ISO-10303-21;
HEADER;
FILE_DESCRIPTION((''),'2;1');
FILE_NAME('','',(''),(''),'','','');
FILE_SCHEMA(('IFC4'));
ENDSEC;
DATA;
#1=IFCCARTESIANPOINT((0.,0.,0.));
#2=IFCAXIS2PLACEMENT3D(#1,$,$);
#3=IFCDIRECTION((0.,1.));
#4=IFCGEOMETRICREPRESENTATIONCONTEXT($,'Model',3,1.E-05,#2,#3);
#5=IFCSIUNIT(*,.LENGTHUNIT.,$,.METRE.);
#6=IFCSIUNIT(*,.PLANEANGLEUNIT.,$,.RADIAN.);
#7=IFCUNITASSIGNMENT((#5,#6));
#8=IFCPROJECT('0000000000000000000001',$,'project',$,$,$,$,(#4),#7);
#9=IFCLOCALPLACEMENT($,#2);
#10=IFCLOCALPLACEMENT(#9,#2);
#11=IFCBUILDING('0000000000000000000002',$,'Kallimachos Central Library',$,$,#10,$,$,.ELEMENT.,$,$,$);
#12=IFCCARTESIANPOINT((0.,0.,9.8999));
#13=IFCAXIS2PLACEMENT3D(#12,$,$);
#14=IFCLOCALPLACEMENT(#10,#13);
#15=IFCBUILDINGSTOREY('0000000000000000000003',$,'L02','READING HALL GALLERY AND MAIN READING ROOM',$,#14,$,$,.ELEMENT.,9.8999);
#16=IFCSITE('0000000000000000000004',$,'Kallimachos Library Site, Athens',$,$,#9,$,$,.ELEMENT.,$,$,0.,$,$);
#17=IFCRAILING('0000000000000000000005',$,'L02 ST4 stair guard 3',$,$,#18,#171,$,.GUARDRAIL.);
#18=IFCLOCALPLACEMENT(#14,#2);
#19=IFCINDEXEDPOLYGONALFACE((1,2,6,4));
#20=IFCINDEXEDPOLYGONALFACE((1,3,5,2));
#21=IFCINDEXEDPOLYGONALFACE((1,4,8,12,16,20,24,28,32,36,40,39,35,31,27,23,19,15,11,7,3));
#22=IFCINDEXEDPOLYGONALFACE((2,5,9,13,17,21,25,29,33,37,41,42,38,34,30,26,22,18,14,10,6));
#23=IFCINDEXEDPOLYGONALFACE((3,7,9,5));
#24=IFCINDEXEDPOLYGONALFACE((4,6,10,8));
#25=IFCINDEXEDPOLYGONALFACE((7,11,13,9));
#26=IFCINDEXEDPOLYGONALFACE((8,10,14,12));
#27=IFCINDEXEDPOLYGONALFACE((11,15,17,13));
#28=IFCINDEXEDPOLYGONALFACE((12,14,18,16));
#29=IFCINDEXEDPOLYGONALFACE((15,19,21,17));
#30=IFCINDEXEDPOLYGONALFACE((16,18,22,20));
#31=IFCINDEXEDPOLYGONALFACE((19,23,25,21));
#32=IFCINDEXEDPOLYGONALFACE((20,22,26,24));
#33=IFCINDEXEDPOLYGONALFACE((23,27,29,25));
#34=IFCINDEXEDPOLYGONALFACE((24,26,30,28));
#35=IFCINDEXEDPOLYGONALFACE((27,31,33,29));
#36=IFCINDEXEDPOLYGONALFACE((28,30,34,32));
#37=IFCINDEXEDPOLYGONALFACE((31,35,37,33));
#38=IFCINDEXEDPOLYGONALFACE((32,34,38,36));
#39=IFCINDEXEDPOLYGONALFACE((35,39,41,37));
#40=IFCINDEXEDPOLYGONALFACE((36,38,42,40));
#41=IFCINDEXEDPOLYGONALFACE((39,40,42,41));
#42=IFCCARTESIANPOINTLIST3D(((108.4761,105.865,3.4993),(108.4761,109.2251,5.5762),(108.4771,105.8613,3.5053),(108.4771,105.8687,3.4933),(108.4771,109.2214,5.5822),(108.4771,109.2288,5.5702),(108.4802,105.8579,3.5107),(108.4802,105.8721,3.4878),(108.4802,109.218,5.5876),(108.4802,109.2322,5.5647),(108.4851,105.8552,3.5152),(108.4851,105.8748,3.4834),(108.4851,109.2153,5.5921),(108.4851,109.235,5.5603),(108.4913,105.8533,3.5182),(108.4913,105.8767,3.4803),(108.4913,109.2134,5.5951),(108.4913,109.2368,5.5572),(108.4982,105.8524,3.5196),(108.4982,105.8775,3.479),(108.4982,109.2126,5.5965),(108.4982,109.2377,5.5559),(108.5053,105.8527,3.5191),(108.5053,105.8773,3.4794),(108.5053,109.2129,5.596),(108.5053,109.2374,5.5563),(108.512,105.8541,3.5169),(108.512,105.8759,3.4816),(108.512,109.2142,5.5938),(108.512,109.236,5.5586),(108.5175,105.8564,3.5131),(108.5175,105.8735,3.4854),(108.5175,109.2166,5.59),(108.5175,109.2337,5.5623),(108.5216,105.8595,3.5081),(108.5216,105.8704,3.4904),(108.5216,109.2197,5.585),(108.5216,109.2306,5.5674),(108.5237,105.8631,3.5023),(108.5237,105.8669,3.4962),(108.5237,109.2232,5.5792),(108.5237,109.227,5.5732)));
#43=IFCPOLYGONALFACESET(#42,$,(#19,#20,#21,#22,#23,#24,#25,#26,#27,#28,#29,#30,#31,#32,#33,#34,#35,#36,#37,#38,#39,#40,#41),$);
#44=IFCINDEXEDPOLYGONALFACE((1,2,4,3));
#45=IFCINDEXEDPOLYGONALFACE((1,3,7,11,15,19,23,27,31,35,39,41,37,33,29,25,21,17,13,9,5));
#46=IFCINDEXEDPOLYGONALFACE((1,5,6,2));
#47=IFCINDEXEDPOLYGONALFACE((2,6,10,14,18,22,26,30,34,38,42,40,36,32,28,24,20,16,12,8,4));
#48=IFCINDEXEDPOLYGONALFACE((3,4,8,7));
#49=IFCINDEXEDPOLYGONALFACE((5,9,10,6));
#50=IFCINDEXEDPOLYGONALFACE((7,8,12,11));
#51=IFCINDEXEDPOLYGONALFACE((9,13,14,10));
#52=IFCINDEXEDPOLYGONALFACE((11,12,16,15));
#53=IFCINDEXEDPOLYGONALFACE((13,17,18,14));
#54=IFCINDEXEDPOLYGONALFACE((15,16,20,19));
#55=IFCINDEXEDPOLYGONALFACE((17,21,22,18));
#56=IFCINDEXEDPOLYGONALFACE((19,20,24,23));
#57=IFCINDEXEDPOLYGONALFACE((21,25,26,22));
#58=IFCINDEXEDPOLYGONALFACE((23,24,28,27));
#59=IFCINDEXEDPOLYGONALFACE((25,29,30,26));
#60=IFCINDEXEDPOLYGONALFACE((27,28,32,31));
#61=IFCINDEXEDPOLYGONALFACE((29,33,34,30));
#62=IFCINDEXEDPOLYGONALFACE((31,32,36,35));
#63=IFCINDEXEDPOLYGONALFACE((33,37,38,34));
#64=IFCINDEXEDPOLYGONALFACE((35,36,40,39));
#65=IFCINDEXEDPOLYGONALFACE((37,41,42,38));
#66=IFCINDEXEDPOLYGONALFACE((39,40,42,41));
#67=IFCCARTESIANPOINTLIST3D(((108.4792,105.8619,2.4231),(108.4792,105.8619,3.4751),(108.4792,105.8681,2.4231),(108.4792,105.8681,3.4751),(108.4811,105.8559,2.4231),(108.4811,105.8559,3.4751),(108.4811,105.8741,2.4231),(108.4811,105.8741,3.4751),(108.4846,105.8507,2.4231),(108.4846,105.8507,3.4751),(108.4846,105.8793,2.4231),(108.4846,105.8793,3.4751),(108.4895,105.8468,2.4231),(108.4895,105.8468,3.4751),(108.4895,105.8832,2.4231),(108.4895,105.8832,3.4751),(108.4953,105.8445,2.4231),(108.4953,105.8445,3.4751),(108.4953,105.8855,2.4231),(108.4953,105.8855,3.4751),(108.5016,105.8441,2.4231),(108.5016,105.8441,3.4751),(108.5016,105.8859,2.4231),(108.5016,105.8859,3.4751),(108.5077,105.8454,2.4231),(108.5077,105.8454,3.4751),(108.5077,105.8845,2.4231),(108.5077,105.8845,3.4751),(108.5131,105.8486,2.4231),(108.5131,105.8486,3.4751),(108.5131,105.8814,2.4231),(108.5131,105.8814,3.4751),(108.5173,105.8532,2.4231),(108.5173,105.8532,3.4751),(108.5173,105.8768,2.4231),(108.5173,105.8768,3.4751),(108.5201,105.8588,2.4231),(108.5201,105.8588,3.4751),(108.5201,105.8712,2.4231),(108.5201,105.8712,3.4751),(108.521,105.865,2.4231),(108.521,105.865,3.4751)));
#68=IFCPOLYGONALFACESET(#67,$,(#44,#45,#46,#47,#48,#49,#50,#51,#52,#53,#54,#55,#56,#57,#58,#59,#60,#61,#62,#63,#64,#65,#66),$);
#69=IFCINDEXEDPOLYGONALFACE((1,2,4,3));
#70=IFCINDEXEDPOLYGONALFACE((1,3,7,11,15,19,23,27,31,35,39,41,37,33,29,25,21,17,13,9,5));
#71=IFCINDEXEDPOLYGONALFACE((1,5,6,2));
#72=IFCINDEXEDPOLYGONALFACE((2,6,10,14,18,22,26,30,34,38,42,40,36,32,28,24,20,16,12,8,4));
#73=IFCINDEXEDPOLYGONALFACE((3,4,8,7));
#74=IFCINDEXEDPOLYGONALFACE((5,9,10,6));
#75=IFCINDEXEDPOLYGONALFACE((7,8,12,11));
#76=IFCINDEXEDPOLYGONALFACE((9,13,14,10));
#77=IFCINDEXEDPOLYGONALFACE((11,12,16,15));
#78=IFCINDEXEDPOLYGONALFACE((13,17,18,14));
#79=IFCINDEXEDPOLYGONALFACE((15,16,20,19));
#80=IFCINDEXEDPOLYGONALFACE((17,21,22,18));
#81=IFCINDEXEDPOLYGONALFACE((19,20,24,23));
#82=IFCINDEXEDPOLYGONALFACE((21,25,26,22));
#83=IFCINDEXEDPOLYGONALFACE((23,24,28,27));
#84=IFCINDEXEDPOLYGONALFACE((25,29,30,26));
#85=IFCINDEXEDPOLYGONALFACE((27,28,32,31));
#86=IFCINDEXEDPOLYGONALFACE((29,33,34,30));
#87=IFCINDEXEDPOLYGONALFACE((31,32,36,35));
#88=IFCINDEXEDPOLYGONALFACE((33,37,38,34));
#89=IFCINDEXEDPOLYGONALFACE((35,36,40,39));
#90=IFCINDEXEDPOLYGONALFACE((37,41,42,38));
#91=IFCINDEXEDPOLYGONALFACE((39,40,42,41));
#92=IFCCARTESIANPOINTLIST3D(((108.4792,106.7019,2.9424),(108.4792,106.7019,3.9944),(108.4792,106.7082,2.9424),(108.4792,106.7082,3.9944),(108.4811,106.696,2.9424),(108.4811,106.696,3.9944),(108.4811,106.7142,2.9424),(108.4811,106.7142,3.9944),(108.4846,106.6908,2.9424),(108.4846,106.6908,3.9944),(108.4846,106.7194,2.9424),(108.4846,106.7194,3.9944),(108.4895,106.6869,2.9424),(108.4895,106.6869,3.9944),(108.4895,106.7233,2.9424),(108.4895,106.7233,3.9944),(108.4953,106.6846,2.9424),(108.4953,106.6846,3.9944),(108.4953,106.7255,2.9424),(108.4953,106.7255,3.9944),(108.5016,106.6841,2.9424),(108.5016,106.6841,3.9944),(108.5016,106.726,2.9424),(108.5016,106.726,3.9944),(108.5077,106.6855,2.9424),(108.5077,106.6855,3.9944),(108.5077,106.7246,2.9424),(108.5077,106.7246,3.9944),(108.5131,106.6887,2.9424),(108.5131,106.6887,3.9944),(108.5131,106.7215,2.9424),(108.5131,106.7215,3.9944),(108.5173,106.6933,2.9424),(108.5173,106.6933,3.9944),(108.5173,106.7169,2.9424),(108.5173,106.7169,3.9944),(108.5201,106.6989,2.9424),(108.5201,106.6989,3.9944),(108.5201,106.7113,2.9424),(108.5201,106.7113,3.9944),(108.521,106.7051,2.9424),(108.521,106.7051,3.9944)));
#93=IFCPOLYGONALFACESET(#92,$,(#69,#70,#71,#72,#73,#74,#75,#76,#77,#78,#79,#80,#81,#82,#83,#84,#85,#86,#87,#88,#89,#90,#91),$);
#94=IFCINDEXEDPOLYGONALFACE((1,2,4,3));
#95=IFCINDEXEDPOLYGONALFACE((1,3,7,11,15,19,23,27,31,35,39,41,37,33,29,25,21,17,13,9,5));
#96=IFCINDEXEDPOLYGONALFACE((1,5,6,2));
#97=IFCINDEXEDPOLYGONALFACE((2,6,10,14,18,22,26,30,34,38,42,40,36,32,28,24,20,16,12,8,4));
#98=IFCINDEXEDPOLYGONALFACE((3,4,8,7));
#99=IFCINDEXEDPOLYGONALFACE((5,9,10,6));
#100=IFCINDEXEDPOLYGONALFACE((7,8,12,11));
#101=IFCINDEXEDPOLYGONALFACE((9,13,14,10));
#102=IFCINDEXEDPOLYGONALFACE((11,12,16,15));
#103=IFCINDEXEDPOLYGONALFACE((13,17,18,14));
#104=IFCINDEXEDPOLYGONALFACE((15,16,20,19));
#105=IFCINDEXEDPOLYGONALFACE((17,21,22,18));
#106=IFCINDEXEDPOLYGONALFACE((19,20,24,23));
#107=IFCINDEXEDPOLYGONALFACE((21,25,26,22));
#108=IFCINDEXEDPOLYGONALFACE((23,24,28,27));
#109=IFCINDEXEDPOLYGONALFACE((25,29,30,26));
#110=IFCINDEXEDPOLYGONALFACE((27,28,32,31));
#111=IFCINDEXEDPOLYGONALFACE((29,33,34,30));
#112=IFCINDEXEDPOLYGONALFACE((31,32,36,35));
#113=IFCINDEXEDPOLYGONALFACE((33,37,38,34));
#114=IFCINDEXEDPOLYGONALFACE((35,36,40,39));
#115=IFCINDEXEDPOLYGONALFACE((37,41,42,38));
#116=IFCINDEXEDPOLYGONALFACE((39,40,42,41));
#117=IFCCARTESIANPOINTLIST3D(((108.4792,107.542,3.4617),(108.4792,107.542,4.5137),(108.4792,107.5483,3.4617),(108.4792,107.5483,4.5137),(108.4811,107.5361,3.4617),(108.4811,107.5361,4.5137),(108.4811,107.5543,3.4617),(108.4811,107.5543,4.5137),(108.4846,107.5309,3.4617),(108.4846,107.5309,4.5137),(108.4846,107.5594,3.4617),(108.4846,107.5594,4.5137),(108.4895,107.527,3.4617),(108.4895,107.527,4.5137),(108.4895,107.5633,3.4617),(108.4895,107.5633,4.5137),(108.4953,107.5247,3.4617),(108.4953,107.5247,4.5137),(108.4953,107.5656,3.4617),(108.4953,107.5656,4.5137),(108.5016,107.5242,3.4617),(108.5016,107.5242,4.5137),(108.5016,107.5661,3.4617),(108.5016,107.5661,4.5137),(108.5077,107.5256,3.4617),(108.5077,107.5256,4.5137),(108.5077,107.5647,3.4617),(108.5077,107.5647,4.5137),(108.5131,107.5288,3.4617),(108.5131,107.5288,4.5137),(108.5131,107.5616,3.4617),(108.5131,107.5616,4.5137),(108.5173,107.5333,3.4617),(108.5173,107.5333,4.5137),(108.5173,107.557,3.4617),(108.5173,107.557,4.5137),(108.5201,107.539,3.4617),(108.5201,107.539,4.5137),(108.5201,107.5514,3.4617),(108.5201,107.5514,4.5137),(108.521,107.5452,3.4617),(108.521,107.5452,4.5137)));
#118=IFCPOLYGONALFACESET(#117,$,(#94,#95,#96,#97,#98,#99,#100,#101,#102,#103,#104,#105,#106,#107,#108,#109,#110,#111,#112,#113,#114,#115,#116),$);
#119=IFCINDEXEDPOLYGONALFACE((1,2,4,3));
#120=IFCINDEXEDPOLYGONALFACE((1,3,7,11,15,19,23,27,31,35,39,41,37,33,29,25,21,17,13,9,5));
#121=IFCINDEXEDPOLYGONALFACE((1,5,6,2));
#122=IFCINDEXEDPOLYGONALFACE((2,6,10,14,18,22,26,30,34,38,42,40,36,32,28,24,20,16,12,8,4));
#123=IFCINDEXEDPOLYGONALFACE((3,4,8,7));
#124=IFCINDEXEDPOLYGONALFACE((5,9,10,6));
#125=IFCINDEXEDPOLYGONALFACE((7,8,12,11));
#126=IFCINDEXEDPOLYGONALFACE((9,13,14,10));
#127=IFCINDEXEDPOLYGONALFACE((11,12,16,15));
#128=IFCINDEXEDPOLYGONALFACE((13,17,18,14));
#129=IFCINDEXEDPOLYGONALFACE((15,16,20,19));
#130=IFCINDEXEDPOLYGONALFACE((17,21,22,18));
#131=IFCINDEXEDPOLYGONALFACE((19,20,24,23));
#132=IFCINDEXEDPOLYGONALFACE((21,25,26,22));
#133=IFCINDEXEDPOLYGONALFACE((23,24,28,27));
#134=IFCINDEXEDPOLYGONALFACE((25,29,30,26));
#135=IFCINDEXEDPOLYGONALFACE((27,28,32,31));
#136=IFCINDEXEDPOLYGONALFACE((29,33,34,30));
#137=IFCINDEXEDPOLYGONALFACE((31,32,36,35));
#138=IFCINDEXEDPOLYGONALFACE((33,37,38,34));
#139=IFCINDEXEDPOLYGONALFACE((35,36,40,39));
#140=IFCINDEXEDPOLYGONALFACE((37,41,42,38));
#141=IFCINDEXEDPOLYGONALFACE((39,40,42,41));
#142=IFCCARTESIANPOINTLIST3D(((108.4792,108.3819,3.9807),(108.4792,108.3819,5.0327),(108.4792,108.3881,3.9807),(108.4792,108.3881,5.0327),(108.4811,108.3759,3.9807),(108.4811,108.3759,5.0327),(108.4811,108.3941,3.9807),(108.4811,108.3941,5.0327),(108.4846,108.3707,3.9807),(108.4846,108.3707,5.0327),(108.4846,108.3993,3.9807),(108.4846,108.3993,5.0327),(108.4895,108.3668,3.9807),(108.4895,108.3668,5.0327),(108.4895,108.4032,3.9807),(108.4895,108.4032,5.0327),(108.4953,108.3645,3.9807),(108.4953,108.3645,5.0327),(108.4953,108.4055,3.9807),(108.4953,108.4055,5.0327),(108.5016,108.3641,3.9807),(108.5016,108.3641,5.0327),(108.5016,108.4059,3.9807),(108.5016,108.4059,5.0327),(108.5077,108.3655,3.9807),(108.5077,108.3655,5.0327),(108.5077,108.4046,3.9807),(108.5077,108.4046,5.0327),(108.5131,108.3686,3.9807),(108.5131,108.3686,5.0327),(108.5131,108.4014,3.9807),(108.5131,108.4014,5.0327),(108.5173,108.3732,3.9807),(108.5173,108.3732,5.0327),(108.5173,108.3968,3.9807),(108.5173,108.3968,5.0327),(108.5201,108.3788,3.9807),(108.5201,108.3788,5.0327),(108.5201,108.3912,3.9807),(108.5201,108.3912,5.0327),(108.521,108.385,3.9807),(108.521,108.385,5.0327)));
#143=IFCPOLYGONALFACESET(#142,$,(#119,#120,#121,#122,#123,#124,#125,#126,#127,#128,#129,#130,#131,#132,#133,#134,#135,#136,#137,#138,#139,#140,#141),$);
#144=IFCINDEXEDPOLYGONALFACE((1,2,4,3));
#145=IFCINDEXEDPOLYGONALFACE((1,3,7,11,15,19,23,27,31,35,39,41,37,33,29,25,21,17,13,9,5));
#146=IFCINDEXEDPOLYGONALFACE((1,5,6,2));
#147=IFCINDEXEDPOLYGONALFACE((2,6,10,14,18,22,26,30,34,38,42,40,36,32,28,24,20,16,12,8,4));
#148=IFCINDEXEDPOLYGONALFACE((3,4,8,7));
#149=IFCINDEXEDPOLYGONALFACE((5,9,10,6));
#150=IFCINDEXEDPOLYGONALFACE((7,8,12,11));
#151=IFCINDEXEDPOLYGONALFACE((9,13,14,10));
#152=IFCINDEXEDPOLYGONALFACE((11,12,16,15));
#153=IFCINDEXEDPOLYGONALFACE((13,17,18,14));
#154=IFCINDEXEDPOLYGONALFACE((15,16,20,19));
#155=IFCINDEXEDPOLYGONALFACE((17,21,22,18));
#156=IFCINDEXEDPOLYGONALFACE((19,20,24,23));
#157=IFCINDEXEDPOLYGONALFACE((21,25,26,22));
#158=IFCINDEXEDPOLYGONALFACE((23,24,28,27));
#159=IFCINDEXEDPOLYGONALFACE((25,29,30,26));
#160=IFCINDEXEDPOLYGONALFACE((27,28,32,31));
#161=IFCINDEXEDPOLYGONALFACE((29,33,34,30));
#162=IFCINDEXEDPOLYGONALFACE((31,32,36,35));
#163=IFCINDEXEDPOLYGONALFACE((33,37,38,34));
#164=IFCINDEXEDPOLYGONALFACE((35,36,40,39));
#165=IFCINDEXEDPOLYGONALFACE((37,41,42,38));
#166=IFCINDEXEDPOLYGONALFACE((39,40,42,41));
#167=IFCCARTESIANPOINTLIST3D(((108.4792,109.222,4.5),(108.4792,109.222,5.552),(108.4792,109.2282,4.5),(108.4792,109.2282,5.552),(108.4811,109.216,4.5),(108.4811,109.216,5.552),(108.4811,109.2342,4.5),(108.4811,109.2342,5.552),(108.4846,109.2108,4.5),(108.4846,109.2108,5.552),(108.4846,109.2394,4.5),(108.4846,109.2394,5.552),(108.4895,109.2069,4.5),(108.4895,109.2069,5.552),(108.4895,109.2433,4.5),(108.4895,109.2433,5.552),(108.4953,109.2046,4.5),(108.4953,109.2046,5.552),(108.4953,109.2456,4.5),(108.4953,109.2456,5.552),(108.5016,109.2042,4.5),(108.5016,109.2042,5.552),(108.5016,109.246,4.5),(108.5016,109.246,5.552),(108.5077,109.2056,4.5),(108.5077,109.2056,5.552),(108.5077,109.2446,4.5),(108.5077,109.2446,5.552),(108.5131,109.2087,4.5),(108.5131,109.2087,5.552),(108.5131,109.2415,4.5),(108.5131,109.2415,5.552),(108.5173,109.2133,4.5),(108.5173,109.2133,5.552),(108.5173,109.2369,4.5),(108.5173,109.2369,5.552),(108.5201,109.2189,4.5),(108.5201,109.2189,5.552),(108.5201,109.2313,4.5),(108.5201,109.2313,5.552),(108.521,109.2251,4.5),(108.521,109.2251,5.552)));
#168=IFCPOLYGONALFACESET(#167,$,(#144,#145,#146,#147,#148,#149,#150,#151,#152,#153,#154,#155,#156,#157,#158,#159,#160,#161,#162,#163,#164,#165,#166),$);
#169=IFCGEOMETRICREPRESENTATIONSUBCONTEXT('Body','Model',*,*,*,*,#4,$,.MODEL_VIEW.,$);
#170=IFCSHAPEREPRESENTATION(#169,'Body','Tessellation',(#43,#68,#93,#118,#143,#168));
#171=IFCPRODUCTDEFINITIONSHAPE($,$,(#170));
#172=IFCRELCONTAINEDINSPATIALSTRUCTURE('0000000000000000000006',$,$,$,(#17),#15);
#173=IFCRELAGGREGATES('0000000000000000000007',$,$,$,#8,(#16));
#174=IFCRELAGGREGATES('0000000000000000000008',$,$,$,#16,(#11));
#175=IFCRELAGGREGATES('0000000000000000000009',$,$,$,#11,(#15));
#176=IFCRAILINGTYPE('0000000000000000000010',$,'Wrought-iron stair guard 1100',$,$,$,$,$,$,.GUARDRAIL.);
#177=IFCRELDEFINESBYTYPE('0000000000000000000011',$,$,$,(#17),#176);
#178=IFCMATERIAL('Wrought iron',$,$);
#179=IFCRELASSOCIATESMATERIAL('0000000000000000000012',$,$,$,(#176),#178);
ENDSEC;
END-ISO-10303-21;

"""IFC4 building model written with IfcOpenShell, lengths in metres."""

from ifc_helpers import new_model, si_unit, direction, frame, origin, origin_2d, place, context, subcontext, project, spatial, circle, extrude, material, type_object, element, save


model = new_model("IFC4")

# Units and contexts
model_context = context("Model", 3, precision=1e-05, world=origin(), true_north=direction((0.0, 1.0)))
body_context = subcontext(model_context, "Body", "Model", "MODEL_VIEW")
ifc_project = project(units=[si_unit("LENGTHUNIT", "METRE"), si_unit("PLANEANGLEUNIT", "RADIAN")], contexts=[model_context])

# Site, building, storey
site_placement = place(None, origin())
site = spatial("IfcSite", under=ifc_project, at=site_placement, Name="Kallimachos Library Site, Athens", CompositionType="ELEMENT", RefElevation=0.0)
building_placement = place(site_placement, origin())
building = spatial("IfcBuilding", under=site, at=building_placement, Name="Kallimachos Central Library", CompositionType="ELEMENT")
storey_placement = place(building_placement, frame((0.0, 0.0, 9.8999)))
storey = spatial("IfcBuildingStorey", under=building, at=storey_placement, Name="L02", Description="READING HALL GALLERY AND MAIN READING ROOM", CompositionType="ELEMENT", Elevation=9.8999)

# Railing
ifc_material_1 = material(Name="Wrought iron")
railing_type_1 = type_object("IfcRailingType", Name="Wrought-iron stair guard 1100", PredefinedType="GUARDRAIL", material=ifc_material_1)
railing_1_placement = place(storey_placement, frame((108.5, 105.865, 2.4231)))
element("IfcRailing", 1, at=railing_1_placement, inside=storey, type_object=railing_type_1, Name="L02 ST4 stair guard 3", PredefinedType="GUARDRAIL", context=body_context, shape_type="SweptSolid", body=[
    extrude(circle(Radius=0.0239, at=origin_2d()), frame((0.0, 0.0, 1.0762), z_axis=(0.0, 0.850623, 0.525776), x_axis=(-1.0, 0.0, 0.0)), (0.0, 0.0, 1.0), 3.9502),
    extrude(circle(Radius=0.021, at=origin_2d()), origin(), (0.0, 0.0, 1.0), 1.052),
    extrude(circle(Radius=0.021, at=origin_2d()), frame((0.0, 0.8401, 0.5193)), (0.0, 0.0, 1.0), 1.052),
    extrude(circle(Radius=0.021, at=origin_2d()), frame((0.0, 1.6802, 1.0386)), (0.0, 0.0, 1.0), 1.052),
    extrude(circle(Radius=0.021, at=origin_2d()), frame((0.0, 2.52, 1.5576)), (0.0, 0.0, 1.0), 1.052),
    extrude(circle(Radius=0.021, at=origin_2d()), frame((0.0, 3.3601, 2.0769)), (0.0, 0.0, 1.0), 1.052),
])

save(model, "model.ifc")
